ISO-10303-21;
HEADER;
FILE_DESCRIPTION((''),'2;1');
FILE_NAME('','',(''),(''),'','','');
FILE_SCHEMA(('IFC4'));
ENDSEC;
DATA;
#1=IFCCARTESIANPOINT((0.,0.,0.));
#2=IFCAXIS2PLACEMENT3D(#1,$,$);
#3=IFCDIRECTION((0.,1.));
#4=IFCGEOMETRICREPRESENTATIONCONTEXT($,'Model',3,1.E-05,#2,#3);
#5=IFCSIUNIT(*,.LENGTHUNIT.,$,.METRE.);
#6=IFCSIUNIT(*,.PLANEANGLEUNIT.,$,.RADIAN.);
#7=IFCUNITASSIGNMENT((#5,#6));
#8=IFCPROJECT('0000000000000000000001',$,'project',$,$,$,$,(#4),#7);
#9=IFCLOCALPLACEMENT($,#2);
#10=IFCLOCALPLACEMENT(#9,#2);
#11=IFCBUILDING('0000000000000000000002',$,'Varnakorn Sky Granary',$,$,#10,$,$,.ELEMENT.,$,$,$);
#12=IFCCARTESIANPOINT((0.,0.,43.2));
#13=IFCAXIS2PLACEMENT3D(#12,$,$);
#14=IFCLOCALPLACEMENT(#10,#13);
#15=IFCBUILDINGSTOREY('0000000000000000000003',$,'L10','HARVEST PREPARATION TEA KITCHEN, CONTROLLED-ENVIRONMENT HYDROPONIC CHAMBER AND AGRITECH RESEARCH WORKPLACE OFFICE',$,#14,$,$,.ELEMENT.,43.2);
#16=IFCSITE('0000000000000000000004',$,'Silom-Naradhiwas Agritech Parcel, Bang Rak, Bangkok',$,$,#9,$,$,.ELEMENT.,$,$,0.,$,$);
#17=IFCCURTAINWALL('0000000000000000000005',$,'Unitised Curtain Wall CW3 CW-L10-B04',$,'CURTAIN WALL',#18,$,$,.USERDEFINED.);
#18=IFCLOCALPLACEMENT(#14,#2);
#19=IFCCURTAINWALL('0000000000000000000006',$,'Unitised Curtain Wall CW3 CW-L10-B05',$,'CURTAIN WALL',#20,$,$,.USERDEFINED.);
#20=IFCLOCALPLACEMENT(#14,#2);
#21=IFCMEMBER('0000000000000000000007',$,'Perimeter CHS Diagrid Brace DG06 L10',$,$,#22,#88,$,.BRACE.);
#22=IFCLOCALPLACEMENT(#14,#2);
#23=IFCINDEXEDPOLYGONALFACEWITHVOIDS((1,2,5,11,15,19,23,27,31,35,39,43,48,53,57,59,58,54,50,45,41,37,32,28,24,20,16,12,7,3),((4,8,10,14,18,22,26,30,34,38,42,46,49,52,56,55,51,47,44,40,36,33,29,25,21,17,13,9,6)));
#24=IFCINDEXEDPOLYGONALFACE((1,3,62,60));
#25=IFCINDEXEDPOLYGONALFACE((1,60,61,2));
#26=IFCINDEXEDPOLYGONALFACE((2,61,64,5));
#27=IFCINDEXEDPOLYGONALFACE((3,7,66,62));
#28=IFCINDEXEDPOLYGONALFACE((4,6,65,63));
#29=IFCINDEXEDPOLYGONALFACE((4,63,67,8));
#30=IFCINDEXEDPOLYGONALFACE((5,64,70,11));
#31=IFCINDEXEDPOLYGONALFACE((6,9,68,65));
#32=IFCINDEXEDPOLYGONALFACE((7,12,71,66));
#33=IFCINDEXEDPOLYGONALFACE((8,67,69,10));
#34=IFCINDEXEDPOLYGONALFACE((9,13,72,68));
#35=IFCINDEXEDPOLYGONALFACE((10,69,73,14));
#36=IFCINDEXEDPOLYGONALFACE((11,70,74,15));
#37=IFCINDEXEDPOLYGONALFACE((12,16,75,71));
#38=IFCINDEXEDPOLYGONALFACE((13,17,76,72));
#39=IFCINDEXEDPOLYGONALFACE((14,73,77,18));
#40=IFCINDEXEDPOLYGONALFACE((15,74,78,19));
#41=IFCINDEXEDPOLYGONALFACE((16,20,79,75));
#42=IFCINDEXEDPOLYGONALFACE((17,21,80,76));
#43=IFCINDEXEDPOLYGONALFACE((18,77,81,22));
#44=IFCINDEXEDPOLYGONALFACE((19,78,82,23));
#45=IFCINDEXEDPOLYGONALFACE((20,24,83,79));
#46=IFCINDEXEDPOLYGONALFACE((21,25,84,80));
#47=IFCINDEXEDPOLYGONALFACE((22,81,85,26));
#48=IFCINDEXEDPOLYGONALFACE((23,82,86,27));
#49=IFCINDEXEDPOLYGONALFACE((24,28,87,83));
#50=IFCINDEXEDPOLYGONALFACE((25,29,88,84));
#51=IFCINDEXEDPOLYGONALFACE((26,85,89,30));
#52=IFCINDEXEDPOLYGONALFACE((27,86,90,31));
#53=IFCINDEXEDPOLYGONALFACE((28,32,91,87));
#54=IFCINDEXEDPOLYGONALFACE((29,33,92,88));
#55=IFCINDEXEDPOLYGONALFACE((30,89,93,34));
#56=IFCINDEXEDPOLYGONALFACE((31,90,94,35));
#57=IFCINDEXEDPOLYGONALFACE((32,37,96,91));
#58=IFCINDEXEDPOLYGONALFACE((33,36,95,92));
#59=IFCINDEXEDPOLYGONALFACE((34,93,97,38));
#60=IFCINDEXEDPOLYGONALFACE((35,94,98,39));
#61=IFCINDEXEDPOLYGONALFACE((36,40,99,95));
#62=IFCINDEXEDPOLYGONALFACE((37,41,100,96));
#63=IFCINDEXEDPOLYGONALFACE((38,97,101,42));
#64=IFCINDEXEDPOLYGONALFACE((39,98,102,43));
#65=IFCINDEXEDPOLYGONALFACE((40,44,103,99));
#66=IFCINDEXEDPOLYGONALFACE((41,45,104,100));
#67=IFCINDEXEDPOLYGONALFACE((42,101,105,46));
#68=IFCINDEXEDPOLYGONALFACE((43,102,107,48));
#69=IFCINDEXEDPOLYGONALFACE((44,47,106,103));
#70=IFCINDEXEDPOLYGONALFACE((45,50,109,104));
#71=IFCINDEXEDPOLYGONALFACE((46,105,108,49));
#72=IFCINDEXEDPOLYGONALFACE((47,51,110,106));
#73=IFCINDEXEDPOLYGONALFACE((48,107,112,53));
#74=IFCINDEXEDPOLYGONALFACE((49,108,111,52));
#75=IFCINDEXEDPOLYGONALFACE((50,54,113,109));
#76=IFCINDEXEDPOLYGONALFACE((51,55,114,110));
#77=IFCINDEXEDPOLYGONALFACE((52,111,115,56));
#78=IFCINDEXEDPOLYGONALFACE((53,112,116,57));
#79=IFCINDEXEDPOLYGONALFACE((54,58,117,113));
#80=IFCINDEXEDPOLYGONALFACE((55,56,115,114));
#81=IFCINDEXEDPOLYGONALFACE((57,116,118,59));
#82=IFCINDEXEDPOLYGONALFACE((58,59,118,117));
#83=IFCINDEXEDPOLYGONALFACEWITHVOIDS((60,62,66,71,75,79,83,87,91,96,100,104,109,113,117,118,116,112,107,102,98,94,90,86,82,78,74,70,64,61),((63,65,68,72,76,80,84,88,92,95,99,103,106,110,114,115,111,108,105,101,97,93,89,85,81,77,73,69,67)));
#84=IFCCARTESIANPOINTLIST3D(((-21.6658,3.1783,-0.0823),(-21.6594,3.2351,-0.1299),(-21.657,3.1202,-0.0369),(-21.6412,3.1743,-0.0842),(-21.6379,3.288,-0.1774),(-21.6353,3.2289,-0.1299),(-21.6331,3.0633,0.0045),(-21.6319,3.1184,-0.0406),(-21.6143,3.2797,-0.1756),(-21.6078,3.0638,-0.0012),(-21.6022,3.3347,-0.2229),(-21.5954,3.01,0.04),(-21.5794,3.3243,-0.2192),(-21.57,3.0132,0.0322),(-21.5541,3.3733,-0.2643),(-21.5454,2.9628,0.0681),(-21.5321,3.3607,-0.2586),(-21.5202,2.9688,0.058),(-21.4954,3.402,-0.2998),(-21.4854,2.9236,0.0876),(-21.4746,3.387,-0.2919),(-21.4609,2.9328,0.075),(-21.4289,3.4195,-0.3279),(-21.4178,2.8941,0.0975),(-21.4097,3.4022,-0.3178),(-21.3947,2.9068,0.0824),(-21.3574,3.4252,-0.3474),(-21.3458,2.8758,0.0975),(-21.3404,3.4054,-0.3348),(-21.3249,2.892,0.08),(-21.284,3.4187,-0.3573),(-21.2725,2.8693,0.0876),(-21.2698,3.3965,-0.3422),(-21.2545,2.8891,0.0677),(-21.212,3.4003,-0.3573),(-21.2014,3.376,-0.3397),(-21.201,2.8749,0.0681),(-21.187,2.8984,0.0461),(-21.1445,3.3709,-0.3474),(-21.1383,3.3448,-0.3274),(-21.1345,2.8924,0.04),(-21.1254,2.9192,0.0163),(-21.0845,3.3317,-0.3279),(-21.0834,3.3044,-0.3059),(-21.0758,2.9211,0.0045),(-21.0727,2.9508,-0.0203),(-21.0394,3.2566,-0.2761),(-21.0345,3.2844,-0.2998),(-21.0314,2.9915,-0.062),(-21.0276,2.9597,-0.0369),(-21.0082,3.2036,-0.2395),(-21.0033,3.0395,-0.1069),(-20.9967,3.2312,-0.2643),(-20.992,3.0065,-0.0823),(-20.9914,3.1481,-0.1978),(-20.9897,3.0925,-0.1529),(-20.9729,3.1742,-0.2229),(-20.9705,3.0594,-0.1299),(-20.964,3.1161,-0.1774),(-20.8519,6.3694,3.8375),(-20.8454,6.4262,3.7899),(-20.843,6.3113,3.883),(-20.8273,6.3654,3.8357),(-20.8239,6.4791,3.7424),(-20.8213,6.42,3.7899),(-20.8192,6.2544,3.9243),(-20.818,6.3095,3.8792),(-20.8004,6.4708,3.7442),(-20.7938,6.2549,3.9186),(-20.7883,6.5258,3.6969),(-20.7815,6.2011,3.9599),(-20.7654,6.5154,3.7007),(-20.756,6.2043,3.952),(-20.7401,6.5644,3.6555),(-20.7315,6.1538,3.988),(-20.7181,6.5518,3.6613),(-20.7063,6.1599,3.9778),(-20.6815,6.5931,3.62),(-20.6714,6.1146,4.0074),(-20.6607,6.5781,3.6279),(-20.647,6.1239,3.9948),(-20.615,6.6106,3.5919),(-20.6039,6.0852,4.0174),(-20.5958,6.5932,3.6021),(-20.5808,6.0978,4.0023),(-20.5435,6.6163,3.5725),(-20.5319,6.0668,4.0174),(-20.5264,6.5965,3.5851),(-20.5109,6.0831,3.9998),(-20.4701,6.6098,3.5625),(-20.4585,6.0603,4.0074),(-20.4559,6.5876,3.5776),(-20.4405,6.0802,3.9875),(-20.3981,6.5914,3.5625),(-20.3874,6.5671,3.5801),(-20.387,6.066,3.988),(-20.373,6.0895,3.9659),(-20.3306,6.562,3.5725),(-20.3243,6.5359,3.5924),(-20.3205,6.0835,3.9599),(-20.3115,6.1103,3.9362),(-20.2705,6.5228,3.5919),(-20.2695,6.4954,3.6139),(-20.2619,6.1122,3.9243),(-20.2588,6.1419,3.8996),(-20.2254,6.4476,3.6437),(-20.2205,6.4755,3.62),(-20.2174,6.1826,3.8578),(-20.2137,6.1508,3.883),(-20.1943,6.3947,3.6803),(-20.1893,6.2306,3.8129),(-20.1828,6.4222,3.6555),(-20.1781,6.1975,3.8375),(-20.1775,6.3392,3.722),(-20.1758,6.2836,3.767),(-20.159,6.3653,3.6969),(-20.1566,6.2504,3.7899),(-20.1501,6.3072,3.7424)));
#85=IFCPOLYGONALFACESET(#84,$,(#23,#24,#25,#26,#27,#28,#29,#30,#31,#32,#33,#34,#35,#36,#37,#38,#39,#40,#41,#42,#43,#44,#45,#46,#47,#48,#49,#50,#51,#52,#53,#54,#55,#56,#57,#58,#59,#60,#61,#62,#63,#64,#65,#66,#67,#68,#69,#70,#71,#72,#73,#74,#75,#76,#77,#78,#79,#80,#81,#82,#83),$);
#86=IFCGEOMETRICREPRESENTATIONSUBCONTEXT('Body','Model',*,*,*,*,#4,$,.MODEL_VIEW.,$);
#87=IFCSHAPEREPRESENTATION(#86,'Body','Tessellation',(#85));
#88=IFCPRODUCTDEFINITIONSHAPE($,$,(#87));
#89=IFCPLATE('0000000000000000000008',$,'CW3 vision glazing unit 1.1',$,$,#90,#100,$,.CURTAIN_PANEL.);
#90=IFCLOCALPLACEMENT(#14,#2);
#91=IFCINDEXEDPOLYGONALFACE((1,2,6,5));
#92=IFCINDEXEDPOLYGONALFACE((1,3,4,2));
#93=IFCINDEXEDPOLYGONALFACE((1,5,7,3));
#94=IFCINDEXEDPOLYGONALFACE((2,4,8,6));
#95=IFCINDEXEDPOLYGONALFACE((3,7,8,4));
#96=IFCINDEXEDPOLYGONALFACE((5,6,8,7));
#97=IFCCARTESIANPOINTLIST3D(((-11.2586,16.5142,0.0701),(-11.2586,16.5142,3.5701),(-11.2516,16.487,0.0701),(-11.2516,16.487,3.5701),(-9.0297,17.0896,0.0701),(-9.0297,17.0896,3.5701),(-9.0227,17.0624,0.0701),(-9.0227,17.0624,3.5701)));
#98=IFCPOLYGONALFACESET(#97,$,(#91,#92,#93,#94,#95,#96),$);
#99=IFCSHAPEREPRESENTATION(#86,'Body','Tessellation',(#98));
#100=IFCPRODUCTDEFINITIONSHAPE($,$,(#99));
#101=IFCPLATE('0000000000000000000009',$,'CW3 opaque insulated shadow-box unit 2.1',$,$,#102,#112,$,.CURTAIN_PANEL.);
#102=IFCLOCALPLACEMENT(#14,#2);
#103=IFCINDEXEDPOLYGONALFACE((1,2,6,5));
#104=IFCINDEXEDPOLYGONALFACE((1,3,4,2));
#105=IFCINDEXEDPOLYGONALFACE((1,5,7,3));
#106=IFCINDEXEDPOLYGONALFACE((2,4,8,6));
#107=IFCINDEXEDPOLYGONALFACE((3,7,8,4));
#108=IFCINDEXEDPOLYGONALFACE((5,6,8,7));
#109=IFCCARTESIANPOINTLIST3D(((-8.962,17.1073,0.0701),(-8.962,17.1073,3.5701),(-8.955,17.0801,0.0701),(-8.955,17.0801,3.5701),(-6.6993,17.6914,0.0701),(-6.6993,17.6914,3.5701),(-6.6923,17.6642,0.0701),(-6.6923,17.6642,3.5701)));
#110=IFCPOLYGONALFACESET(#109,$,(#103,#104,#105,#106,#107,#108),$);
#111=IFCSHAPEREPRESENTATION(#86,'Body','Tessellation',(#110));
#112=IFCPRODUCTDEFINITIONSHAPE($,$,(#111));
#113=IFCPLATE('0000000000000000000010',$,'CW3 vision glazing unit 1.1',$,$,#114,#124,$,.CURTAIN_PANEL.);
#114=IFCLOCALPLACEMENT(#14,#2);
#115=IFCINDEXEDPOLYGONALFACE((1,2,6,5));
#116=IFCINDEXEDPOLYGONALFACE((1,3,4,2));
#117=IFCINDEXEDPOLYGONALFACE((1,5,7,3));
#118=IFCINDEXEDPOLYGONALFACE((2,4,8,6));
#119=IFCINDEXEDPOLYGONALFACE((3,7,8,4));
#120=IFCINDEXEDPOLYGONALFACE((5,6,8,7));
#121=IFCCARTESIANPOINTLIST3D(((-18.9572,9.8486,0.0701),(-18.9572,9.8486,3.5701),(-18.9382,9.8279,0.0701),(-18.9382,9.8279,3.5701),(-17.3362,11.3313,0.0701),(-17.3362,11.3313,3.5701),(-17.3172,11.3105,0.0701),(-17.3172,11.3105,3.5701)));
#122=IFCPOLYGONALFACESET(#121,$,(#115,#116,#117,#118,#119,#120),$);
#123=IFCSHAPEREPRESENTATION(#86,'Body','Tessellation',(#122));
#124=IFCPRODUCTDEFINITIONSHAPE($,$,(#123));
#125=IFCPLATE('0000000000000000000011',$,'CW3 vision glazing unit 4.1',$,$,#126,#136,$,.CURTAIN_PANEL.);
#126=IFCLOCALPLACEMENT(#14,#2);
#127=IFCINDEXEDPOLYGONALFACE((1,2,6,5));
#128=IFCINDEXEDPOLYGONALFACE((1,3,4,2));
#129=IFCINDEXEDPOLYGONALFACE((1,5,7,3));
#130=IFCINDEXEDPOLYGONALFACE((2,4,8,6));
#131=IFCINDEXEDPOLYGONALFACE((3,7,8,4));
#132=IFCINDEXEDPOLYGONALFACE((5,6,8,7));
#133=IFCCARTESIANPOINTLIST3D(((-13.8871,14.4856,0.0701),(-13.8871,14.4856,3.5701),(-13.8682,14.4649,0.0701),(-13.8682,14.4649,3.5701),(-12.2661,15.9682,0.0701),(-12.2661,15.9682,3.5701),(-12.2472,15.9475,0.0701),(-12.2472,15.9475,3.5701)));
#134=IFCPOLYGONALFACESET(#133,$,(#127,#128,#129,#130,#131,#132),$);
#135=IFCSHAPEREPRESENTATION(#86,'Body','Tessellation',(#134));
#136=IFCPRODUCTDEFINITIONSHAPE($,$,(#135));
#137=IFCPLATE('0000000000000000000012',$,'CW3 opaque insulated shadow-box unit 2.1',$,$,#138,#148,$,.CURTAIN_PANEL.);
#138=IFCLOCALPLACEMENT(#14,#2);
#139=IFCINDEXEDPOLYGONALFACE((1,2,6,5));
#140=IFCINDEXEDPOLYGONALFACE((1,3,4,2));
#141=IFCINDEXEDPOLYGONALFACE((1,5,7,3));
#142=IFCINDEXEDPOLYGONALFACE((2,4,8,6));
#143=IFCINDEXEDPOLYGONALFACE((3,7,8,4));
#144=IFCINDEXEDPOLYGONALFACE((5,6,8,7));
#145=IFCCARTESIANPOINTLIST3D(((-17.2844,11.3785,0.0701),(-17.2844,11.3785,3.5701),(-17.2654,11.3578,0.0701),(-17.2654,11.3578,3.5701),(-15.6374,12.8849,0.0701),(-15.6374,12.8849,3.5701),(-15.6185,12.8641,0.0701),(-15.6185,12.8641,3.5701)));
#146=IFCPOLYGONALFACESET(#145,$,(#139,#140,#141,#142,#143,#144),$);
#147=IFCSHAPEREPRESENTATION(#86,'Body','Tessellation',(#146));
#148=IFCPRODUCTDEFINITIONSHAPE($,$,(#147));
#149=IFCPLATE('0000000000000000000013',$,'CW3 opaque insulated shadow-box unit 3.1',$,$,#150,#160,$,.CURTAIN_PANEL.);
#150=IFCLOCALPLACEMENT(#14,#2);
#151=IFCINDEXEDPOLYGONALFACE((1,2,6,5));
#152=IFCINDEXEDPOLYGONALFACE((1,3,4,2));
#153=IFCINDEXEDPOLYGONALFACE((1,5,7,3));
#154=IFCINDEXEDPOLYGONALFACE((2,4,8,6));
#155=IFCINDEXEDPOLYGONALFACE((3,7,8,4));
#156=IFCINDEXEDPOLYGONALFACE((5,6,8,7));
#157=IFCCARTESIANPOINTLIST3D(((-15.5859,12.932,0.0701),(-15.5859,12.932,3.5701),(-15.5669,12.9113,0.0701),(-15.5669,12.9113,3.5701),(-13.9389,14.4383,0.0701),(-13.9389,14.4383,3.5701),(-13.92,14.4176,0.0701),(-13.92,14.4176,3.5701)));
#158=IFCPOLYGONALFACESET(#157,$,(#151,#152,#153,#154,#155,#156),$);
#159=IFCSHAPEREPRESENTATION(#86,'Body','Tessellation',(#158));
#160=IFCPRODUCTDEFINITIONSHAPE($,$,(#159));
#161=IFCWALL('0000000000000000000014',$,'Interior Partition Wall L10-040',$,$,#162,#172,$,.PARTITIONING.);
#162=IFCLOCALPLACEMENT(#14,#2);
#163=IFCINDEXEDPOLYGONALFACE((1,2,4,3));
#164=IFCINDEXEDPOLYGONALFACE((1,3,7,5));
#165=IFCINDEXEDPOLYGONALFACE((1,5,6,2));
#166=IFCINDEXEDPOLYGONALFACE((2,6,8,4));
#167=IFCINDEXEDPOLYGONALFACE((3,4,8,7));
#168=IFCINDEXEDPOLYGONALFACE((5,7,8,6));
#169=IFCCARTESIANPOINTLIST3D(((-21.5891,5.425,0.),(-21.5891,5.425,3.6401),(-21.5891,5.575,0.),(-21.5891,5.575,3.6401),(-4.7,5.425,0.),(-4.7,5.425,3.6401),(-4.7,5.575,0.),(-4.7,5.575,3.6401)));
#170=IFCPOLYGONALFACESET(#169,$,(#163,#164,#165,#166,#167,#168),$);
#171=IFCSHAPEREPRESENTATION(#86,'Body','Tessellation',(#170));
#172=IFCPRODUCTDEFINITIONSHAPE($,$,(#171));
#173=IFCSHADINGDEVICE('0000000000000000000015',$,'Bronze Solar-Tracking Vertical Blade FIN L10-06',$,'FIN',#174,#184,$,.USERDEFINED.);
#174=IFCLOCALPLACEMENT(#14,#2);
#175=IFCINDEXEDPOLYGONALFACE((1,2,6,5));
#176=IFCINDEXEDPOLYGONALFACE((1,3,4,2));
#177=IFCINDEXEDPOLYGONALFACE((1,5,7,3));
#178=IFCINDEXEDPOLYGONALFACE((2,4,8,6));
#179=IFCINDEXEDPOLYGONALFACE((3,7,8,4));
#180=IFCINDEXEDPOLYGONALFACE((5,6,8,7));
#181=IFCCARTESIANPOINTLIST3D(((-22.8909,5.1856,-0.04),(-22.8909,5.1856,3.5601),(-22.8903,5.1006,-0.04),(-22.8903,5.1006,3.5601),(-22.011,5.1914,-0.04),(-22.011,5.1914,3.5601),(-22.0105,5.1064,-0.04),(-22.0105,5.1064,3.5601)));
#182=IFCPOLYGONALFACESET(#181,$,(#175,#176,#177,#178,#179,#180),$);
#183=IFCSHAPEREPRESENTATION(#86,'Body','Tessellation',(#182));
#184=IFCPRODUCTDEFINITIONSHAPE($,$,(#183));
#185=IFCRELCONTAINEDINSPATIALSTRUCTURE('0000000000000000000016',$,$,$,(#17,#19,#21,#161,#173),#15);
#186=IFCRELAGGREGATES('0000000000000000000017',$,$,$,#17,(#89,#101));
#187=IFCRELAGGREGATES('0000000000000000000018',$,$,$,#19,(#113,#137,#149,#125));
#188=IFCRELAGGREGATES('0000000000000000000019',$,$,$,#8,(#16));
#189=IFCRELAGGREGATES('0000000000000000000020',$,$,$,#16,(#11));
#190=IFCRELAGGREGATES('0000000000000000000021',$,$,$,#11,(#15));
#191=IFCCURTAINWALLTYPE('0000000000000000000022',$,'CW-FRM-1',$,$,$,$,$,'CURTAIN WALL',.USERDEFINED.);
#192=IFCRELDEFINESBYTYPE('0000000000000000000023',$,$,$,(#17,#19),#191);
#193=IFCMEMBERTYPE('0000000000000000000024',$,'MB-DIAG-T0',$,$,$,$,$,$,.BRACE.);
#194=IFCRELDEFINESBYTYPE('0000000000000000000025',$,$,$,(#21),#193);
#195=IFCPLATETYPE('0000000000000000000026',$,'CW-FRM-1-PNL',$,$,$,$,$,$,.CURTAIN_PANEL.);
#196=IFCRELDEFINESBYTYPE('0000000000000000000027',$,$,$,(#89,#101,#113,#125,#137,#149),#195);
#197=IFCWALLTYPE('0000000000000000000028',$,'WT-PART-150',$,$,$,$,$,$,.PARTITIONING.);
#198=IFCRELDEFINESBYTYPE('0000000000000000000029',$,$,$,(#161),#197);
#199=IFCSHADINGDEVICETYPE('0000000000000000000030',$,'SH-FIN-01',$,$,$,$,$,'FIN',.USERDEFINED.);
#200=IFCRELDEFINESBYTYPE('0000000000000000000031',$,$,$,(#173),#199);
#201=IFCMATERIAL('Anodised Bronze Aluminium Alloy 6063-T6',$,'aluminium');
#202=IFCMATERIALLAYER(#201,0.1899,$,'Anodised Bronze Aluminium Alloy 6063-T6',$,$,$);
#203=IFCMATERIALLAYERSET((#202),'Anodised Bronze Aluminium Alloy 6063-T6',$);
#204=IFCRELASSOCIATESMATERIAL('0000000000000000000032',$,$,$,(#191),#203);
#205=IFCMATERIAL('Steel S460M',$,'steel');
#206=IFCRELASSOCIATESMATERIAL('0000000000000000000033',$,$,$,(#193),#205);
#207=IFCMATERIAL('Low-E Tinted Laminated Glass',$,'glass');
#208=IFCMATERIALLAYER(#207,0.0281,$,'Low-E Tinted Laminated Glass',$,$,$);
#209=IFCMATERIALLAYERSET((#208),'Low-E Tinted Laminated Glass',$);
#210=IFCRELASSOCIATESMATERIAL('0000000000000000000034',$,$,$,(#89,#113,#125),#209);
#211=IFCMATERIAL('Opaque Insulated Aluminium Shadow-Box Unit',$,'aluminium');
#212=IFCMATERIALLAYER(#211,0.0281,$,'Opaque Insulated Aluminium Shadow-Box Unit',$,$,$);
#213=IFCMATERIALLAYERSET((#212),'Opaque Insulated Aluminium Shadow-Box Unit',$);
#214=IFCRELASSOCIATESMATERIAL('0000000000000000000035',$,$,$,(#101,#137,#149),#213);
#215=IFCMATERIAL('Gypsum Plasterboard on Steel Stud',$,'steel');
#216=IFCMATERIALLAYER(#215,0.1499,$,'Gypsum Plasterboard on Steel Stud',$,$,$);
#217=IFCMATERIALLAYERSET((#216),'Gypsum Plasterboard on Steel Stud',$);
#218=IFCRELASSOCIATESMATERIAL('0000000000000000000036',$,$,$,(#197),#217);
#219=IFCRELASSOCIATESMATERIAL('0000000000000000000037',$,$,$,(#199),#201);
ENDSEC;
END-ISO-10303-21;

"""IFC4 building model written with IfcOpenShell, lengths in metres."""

from ifc_helpers import new_model, si_unit, direction, frame, frame_2d, origin, origin_2d, place, context, subcontext, project, spatial, rectangle, hollow_circle, extrude, source, transform, mapped, material, layer, layer_set, material_profile, profile_set, type_object, type_shapes, element, aggregate, save


model = new_model("IFC4")

# Units and contexts
model_context = context("Model", 3, precision=1e-05, world=origin(), true_north=direction((0.0, 1.0)))
body_context = subcontext(model_context, "Body", "Model", "MODEL_VIEW")
ifc_project = project(units=[si_unit("LENGTHUNIT", "METRE"), si_unit("PLANEANGLEUNIT", "RADIAN")], contexts=[model_context])

# Site, building, storey
site_placement = place(None, origin())
site = spatial("IfcSite", under=ifc_project, at=site_placement, Name="Silom-Naradhiwas Agritech Parcel, Bang Rak, Bangkok", CompositionType="ELEMENT", RefElevation=0.0)
building_placement = place(site_placement, origin())
building = spatial("IfcBuilding", under=site, at=building_placement, Name="Varnakorn Sky Granary", CompositionType="ELEMENT")
storey_placement = place(building_placement, frame((0.0, 0.0, 43.2)))
storey = spatial("IfcBuildingStorey", under=building, at=storey_placement, Name="L10", Description="HARVEST PREPARATION TEA KITCHEN, CONTROLLED-ENVIRONMENT HYDROPONIC CHAMBER AND AGRITECH RESEARCH WORKPLACE OFFICE", CompositionType="ELEMENT", Elevation=43.2)

# Shared definitions
ifc_material_1 = material(Name="Steel S460M", Category="steel")

# Curtain walls
ifc_material_2 = material(Name="Anodised Bronze Aluminium Alloy 6063-T6", Category="aluminium")
ifc_layer_1 = layer(ifc_material_2, 0.1899, Name="Anodised Bronze Aluminium Alloy 6063-T6")
ifc_layer_set_1 = layer_set([ifc_layer_1], Name="Anodised Bronze Aluminium Alloy 6063-T6")
curtain_wall_type = type_object("IfcCurtainWallType", Name="CW-FRM-1", ElementType="CURTAIN WALL", PredefinedType="USERDEFINED", material=ifc_layer_set_1)
curtain_wall_1_placement = place(storey_placement, origin())
curtain_wall_1 = element("IfcCurtainWall", 1, at=curtain_wall_1_placement, inside=storey, type_object=curtain_wall_type, Name="Unitised Curtain Wall CW3 CW-L10-B04", ObjectType="CURTAIN WALL", PredefinedType="USERDEFINED")
curtain_wall_2_placement = place(storey_placement, origin())
curtain_wall_2 = element("IfcCurtainWall", 2, at=curtain_wall_2_placement, inside=storey, type_object=curtain_wall_type, Name="Unitised Curtain Wall CW3 CW-L10-B05", ObjectType="CURTAIN WALL", PredefinedType="USERDEFINED")

# Member
ifc_material_profile_1 = material_profile(ifc_material_1, hollow_circle(Radius=0.3555, WallThickness=0.0249, at=origin_2d()), Name="CHS 711x25")
ifc_profile_set_1 = profile_set([ifc_material_profile_1], Name="Steel S460M")
member_type_1 = type_object("IfcMemberType", Name="MB-DIAG-T0", PredefinedType="BRACE", material=ifc_profile_set_1)
member_1_placement = place(storey_placement, frame((-21.3149, 3.1472, -0.1299), z_axis=(0.158985, 0.623304, 0.765647), x_axis=(-0.968976, 0.247155, 0.0)))
element("IfcMember", 3, at=member_1_placement, inside=storey, type_object=member_type_1, Name="Perimeter CHS Diagrid Brace DG06 L10", PredefinedType="BRACE", context=body_context, shape_type="SweptSolid", body=[
    extrude(hollow_circle(Radius=0.3555, WallThickness=0.0249, at=origin_2d()), origin(), (0.0, 0.0, 1.0), 5.1196),
])

# Plates
ifc_material_3 = material(Name="Low-E Tinted Laminated Glass", Category="glass")
ifc_layer_2 = layer(ifc_material_3, 0.0281, Name="Low-E Tinted Laminated Glass")
ifc_layer_set_2 = layer_set([ifc_layer_2], Name="Low-E Tinted Laminated Glass")
plate_type = type_object("IfcPlateType", Name="CW-FRM-1-PNL", PredefinedType="CURTAIN_PANEL")
shared_shape_1 = source(origin(), body_context, "Body", "SweptSolid", [
    extrude(rectangle(XDim=2.302, YDim=0.0281, at=origin_2d()), origin(), (0.0, 0.0, 1.0), 3.5),
])
plate_1_placement = place(storey_placement, frame((-10.1406, 16.7883, 0.0701), z_axis=(0.0, 0.0, 1.0), x_axis=(0.968256, 0.24996, 0.0)))
plate_1 = element("IfcPlate", 4, at=plate_1_placement, type_object=plate_type, material=ifc_layer_set_2, Name="CW3 vision glazing unit 1.1", PredefinedType="CURTAIN_PANEL", context=body_context, shape_type="MappedRepresentation", body=[
    mapped(shared_shape_1, transform((0.0, 0.0, 0.0), x_axis=(1.0, 0.0, 0.0), y_axis=(0.0, 1.0, 0.0), z_axis=(0.0, 0.0, 1.0), scale=1.0)),
])
ifc_material_4 = material(Name="Opaque Insulated Aluminium Shadow-Box Unit", Category="aluminium")
ifc_layer_3 = layer(ifc_material_4, 0.0281, Name="Opaque Insulated Aluminium Shadow-Box Unit")
ifc_layer_set_3 = layer_set([ifc_layer_3], Name="Opaque Insulated Aluminium Shadow-Box Unit")
shared_shape_2 = source(origin(), body_context, "Body", "SweptSolid", [
    extrude(rectangle(XDim=2.3369, YDim=0.0281, at=origin_2d()), origin(), (0.0, 0.0, 1.0), 3.5),
])
plate_2_placement = place(storey_placement, frame((-7.8271, 17.3857, 0.0701), z_axis=(0.0, 0.0, 1.0), x_axis=(0.968256, 0.24996, 0.0)))
plate_2 = element("IfcPlate", 5, at=plate_2_placement, type_object=plate_type, material=ifc_layer_set_3, Name="CW3 opaque insulated shadow-box unit 2.1", PredefinedType="CURTAIN_PANEL", context=body_context, shape_type="MappedRepresentation", body=[
    mapped(shared_shape_2, transform((0.0, 0.0, 0.0), x_axis=(1.0, 0.0, 0.0), y_axis=(0.0, 1.0, 0.0), z_axis=(0.0, 0.0, 1.0), scale=1.0)),
])
aggregate(curtain_wall_1, [plate_1, plate_2])
shared_shape_3 = source(origin(), body_context, "Body", "SweptSolid", [
    extrude(rectangle(XDim=2.1968, YDim=0.0281, at=origin_2d()), origin(), (0.0, 0.0, 1.0), 3.5),
])
plate_3_placement = place(storey_placement, frame((-18.1372, 10.5796, 0.0701), z_axis=(0.0, 0.0, 1.0), x_axis=(0.737906, 0.674903, 0.0)))
plate_3 = element("IfcPlate", 6, at=plate_3_placement, type_object=plate_type, material=ifc_layer_set_2, Name="CW3 vision glazing unit 1.1", PredefinedType="CURTAIN_PANEL", context=body_context, shape_type="MappedRepresentation", body=[
    mapped(shared_shape_3, transform((0.0, 0.0, 0.0), x_axis=(1.0, 0.0, 0.0), y_axis=(0.0, 1.0, 0.0), z_axis=(0.0, 0.0, 1.0), scale=1.0)),
])
plate_4_placement = place(storey_placement, frame((-13.0671, 15.2166, 0.0701), z_axis=(0.0, 0.0, 1.0), x_axis=(0.737906, 0.674903, 0.0)))
plate_4 = element("IfcPlate", 7, at=plate_4_placement, type_object=plate_type, material=ifc_layer_set_2, Name="CW3 vision glazing unit 4.1", PredefinedType="CURTAIN_PANEL", context=body_context, shape_type="MappedRepresentation", body=[
    mapped(shared_shape_3, transform((0.0, 0.0, 0.0), x_axis=(1.0, 0.0, 0.0), y_axis=(0.0, 1.0, 0.0), z_axis=(0.0, 0.0, 1.0), scale=1.0)),
])
shared_shape_4 = source(origin(), body_context, "Body", "SweptSolid", [
    extrude(rectangle(XDim=2.2319, YDim=0.0281, at=origin_2d()), origin(), (0.0, 0.0, 1.0), 3.5),
])
type_shapes(plate_type, [shared_shape_1, shared_shape_2, shared_shape_3, shared_shape_4])
plate_5_placement = place(storey_placement, frame((-16.4514, 12.1213, 0.0701), z_axis=(0.0, 0.0, 1.0), x_axis=(0.737906, 0.674903, 0.0)))
plate_5 = element("IfcPlate", 8, at=plate_5_placement, type_object=plate_type, material=ifc_layer_set_3, Name="CW3 opaque insulated shadow-box unit 2.1", PredefinedType="CURTAIN_PANEL", context=body_context, shape_type="MappedRepresentation", body=[
    mapped(shared_shape_4, transform((0.0, 0.0, 0.0), x_axis=(1.0, 0.0, 0.0), y_axis=(0.0, 1.0, 0.0), z_axis=(0.0, 0.0, 1.0), scale=1.0)),
])
plate_6_placement = place(storey_placement, frame((-14.7529, 13.6748, 0.0701), z_axis=(0.0, 0.0, 1.0), x_axis=(0.737906, 0.674903, 0.0)))
plate_6 = element("IfcPlate", 9, at=plate_6_placement, type_object=plate_type, material=ifc_layer_set_3, Name="CW3 opaque insulated shadow-box unit 3.1", PredefinedType="CURTAIN_PANEL", context=body_context, shape_type="MappedRepresentation", body=[
    mapped(shared_shape_4, transform((0.0, 0.0, 0.0), x_axis=(1.0, 0.0, 0.0), y_axis=(0.0, 1.0, 0.0), z_axis=(0.0, 0.0, 1.0), scale=1.0)),
])
aggregate(curtain_wall_2, [plate_3, plate_5, plate_6, plate_4])

# Wall
ifc_material_5 = material(Name="Gypsum Plasterboard on Steel Stud", Category="steel")
ifc_layer_4 = layer(ifc_material_5, 0.1499, Name="Gypsum Plasterboard on Steel Stud")
ifc_layer_set_4 = layer_set([ifc_layer_4], Name="Gypsum Plasterboard on Steel Stud")
wall_type = type_object("IfcWallType", Name="WT-PART-150", PredefinedType="PARTITIONING", material=ifc_layer_set_4)
wall_placement = place(storey_placement, frame((-21.5891, 5.5, 0.0), z_axis=(0.0, 0.0, 1.0), x_axis=(1.0, 0.0, 0.0)))
element("IfcWall", 10, at=wall_placement, inside=storey, type_object=wall_type, Name="Interior Partition Wall L10-040", PredefinedType="PARTITIONING", context=body_context, shape_type="SweptSolid", body=[
    extrude(rectangle(XDim=16.8892, YDim=0.1499, at=frame_2d((8.4446, 0.0))), origin(), (0.0, 0.0, 1.0), 3.6401),
])

# Shading device
shading_device_type = type_object("IfcShadingDeviceType", Name="SH-FIN-01", ElementType="FIN", PredefinedType="USERDEFINED", material=ifc_material_2)
shared_shape_5 = source(origin(), body_context, "Body", "SweptSolid", [
    extrude(rectangle(XDim=0.085, YDim=0.8799, at=origin_2d()), origin(), (0.0, 0.0, 1.0), 3.6001),
])
type_shapes(shading_device_type, [shared_shape_5])
shading_device_placement = place(storey_placement, frame((-22.4507, 5.146, -0.04), z_axis=(0.0, 0.0, 1.0), x_axis=(0.006612, -0.999978, 0.0)))
element("IfcShadingDevice", 11, at=shading_device_placement, inside=storey, type_object=shading_device_type, Name="Bronze Solar-Tracking Vertical Blade FIN L10-06", ObjectType="FIN", PredefinedType="USERDEFINED", context=body_context, shape_type="MappedRepresentation", body=[
    mapped(shared_shape_5, transform((0.0, 0.0, 0.0), x_axis=(1.0, 0.0, 0.0), y_axis=(0.0, 1.0, 0.0), z_axis=(0.0, 0.0, 1.0), scale=1.0)),
])

save(model, "model.ifc")
